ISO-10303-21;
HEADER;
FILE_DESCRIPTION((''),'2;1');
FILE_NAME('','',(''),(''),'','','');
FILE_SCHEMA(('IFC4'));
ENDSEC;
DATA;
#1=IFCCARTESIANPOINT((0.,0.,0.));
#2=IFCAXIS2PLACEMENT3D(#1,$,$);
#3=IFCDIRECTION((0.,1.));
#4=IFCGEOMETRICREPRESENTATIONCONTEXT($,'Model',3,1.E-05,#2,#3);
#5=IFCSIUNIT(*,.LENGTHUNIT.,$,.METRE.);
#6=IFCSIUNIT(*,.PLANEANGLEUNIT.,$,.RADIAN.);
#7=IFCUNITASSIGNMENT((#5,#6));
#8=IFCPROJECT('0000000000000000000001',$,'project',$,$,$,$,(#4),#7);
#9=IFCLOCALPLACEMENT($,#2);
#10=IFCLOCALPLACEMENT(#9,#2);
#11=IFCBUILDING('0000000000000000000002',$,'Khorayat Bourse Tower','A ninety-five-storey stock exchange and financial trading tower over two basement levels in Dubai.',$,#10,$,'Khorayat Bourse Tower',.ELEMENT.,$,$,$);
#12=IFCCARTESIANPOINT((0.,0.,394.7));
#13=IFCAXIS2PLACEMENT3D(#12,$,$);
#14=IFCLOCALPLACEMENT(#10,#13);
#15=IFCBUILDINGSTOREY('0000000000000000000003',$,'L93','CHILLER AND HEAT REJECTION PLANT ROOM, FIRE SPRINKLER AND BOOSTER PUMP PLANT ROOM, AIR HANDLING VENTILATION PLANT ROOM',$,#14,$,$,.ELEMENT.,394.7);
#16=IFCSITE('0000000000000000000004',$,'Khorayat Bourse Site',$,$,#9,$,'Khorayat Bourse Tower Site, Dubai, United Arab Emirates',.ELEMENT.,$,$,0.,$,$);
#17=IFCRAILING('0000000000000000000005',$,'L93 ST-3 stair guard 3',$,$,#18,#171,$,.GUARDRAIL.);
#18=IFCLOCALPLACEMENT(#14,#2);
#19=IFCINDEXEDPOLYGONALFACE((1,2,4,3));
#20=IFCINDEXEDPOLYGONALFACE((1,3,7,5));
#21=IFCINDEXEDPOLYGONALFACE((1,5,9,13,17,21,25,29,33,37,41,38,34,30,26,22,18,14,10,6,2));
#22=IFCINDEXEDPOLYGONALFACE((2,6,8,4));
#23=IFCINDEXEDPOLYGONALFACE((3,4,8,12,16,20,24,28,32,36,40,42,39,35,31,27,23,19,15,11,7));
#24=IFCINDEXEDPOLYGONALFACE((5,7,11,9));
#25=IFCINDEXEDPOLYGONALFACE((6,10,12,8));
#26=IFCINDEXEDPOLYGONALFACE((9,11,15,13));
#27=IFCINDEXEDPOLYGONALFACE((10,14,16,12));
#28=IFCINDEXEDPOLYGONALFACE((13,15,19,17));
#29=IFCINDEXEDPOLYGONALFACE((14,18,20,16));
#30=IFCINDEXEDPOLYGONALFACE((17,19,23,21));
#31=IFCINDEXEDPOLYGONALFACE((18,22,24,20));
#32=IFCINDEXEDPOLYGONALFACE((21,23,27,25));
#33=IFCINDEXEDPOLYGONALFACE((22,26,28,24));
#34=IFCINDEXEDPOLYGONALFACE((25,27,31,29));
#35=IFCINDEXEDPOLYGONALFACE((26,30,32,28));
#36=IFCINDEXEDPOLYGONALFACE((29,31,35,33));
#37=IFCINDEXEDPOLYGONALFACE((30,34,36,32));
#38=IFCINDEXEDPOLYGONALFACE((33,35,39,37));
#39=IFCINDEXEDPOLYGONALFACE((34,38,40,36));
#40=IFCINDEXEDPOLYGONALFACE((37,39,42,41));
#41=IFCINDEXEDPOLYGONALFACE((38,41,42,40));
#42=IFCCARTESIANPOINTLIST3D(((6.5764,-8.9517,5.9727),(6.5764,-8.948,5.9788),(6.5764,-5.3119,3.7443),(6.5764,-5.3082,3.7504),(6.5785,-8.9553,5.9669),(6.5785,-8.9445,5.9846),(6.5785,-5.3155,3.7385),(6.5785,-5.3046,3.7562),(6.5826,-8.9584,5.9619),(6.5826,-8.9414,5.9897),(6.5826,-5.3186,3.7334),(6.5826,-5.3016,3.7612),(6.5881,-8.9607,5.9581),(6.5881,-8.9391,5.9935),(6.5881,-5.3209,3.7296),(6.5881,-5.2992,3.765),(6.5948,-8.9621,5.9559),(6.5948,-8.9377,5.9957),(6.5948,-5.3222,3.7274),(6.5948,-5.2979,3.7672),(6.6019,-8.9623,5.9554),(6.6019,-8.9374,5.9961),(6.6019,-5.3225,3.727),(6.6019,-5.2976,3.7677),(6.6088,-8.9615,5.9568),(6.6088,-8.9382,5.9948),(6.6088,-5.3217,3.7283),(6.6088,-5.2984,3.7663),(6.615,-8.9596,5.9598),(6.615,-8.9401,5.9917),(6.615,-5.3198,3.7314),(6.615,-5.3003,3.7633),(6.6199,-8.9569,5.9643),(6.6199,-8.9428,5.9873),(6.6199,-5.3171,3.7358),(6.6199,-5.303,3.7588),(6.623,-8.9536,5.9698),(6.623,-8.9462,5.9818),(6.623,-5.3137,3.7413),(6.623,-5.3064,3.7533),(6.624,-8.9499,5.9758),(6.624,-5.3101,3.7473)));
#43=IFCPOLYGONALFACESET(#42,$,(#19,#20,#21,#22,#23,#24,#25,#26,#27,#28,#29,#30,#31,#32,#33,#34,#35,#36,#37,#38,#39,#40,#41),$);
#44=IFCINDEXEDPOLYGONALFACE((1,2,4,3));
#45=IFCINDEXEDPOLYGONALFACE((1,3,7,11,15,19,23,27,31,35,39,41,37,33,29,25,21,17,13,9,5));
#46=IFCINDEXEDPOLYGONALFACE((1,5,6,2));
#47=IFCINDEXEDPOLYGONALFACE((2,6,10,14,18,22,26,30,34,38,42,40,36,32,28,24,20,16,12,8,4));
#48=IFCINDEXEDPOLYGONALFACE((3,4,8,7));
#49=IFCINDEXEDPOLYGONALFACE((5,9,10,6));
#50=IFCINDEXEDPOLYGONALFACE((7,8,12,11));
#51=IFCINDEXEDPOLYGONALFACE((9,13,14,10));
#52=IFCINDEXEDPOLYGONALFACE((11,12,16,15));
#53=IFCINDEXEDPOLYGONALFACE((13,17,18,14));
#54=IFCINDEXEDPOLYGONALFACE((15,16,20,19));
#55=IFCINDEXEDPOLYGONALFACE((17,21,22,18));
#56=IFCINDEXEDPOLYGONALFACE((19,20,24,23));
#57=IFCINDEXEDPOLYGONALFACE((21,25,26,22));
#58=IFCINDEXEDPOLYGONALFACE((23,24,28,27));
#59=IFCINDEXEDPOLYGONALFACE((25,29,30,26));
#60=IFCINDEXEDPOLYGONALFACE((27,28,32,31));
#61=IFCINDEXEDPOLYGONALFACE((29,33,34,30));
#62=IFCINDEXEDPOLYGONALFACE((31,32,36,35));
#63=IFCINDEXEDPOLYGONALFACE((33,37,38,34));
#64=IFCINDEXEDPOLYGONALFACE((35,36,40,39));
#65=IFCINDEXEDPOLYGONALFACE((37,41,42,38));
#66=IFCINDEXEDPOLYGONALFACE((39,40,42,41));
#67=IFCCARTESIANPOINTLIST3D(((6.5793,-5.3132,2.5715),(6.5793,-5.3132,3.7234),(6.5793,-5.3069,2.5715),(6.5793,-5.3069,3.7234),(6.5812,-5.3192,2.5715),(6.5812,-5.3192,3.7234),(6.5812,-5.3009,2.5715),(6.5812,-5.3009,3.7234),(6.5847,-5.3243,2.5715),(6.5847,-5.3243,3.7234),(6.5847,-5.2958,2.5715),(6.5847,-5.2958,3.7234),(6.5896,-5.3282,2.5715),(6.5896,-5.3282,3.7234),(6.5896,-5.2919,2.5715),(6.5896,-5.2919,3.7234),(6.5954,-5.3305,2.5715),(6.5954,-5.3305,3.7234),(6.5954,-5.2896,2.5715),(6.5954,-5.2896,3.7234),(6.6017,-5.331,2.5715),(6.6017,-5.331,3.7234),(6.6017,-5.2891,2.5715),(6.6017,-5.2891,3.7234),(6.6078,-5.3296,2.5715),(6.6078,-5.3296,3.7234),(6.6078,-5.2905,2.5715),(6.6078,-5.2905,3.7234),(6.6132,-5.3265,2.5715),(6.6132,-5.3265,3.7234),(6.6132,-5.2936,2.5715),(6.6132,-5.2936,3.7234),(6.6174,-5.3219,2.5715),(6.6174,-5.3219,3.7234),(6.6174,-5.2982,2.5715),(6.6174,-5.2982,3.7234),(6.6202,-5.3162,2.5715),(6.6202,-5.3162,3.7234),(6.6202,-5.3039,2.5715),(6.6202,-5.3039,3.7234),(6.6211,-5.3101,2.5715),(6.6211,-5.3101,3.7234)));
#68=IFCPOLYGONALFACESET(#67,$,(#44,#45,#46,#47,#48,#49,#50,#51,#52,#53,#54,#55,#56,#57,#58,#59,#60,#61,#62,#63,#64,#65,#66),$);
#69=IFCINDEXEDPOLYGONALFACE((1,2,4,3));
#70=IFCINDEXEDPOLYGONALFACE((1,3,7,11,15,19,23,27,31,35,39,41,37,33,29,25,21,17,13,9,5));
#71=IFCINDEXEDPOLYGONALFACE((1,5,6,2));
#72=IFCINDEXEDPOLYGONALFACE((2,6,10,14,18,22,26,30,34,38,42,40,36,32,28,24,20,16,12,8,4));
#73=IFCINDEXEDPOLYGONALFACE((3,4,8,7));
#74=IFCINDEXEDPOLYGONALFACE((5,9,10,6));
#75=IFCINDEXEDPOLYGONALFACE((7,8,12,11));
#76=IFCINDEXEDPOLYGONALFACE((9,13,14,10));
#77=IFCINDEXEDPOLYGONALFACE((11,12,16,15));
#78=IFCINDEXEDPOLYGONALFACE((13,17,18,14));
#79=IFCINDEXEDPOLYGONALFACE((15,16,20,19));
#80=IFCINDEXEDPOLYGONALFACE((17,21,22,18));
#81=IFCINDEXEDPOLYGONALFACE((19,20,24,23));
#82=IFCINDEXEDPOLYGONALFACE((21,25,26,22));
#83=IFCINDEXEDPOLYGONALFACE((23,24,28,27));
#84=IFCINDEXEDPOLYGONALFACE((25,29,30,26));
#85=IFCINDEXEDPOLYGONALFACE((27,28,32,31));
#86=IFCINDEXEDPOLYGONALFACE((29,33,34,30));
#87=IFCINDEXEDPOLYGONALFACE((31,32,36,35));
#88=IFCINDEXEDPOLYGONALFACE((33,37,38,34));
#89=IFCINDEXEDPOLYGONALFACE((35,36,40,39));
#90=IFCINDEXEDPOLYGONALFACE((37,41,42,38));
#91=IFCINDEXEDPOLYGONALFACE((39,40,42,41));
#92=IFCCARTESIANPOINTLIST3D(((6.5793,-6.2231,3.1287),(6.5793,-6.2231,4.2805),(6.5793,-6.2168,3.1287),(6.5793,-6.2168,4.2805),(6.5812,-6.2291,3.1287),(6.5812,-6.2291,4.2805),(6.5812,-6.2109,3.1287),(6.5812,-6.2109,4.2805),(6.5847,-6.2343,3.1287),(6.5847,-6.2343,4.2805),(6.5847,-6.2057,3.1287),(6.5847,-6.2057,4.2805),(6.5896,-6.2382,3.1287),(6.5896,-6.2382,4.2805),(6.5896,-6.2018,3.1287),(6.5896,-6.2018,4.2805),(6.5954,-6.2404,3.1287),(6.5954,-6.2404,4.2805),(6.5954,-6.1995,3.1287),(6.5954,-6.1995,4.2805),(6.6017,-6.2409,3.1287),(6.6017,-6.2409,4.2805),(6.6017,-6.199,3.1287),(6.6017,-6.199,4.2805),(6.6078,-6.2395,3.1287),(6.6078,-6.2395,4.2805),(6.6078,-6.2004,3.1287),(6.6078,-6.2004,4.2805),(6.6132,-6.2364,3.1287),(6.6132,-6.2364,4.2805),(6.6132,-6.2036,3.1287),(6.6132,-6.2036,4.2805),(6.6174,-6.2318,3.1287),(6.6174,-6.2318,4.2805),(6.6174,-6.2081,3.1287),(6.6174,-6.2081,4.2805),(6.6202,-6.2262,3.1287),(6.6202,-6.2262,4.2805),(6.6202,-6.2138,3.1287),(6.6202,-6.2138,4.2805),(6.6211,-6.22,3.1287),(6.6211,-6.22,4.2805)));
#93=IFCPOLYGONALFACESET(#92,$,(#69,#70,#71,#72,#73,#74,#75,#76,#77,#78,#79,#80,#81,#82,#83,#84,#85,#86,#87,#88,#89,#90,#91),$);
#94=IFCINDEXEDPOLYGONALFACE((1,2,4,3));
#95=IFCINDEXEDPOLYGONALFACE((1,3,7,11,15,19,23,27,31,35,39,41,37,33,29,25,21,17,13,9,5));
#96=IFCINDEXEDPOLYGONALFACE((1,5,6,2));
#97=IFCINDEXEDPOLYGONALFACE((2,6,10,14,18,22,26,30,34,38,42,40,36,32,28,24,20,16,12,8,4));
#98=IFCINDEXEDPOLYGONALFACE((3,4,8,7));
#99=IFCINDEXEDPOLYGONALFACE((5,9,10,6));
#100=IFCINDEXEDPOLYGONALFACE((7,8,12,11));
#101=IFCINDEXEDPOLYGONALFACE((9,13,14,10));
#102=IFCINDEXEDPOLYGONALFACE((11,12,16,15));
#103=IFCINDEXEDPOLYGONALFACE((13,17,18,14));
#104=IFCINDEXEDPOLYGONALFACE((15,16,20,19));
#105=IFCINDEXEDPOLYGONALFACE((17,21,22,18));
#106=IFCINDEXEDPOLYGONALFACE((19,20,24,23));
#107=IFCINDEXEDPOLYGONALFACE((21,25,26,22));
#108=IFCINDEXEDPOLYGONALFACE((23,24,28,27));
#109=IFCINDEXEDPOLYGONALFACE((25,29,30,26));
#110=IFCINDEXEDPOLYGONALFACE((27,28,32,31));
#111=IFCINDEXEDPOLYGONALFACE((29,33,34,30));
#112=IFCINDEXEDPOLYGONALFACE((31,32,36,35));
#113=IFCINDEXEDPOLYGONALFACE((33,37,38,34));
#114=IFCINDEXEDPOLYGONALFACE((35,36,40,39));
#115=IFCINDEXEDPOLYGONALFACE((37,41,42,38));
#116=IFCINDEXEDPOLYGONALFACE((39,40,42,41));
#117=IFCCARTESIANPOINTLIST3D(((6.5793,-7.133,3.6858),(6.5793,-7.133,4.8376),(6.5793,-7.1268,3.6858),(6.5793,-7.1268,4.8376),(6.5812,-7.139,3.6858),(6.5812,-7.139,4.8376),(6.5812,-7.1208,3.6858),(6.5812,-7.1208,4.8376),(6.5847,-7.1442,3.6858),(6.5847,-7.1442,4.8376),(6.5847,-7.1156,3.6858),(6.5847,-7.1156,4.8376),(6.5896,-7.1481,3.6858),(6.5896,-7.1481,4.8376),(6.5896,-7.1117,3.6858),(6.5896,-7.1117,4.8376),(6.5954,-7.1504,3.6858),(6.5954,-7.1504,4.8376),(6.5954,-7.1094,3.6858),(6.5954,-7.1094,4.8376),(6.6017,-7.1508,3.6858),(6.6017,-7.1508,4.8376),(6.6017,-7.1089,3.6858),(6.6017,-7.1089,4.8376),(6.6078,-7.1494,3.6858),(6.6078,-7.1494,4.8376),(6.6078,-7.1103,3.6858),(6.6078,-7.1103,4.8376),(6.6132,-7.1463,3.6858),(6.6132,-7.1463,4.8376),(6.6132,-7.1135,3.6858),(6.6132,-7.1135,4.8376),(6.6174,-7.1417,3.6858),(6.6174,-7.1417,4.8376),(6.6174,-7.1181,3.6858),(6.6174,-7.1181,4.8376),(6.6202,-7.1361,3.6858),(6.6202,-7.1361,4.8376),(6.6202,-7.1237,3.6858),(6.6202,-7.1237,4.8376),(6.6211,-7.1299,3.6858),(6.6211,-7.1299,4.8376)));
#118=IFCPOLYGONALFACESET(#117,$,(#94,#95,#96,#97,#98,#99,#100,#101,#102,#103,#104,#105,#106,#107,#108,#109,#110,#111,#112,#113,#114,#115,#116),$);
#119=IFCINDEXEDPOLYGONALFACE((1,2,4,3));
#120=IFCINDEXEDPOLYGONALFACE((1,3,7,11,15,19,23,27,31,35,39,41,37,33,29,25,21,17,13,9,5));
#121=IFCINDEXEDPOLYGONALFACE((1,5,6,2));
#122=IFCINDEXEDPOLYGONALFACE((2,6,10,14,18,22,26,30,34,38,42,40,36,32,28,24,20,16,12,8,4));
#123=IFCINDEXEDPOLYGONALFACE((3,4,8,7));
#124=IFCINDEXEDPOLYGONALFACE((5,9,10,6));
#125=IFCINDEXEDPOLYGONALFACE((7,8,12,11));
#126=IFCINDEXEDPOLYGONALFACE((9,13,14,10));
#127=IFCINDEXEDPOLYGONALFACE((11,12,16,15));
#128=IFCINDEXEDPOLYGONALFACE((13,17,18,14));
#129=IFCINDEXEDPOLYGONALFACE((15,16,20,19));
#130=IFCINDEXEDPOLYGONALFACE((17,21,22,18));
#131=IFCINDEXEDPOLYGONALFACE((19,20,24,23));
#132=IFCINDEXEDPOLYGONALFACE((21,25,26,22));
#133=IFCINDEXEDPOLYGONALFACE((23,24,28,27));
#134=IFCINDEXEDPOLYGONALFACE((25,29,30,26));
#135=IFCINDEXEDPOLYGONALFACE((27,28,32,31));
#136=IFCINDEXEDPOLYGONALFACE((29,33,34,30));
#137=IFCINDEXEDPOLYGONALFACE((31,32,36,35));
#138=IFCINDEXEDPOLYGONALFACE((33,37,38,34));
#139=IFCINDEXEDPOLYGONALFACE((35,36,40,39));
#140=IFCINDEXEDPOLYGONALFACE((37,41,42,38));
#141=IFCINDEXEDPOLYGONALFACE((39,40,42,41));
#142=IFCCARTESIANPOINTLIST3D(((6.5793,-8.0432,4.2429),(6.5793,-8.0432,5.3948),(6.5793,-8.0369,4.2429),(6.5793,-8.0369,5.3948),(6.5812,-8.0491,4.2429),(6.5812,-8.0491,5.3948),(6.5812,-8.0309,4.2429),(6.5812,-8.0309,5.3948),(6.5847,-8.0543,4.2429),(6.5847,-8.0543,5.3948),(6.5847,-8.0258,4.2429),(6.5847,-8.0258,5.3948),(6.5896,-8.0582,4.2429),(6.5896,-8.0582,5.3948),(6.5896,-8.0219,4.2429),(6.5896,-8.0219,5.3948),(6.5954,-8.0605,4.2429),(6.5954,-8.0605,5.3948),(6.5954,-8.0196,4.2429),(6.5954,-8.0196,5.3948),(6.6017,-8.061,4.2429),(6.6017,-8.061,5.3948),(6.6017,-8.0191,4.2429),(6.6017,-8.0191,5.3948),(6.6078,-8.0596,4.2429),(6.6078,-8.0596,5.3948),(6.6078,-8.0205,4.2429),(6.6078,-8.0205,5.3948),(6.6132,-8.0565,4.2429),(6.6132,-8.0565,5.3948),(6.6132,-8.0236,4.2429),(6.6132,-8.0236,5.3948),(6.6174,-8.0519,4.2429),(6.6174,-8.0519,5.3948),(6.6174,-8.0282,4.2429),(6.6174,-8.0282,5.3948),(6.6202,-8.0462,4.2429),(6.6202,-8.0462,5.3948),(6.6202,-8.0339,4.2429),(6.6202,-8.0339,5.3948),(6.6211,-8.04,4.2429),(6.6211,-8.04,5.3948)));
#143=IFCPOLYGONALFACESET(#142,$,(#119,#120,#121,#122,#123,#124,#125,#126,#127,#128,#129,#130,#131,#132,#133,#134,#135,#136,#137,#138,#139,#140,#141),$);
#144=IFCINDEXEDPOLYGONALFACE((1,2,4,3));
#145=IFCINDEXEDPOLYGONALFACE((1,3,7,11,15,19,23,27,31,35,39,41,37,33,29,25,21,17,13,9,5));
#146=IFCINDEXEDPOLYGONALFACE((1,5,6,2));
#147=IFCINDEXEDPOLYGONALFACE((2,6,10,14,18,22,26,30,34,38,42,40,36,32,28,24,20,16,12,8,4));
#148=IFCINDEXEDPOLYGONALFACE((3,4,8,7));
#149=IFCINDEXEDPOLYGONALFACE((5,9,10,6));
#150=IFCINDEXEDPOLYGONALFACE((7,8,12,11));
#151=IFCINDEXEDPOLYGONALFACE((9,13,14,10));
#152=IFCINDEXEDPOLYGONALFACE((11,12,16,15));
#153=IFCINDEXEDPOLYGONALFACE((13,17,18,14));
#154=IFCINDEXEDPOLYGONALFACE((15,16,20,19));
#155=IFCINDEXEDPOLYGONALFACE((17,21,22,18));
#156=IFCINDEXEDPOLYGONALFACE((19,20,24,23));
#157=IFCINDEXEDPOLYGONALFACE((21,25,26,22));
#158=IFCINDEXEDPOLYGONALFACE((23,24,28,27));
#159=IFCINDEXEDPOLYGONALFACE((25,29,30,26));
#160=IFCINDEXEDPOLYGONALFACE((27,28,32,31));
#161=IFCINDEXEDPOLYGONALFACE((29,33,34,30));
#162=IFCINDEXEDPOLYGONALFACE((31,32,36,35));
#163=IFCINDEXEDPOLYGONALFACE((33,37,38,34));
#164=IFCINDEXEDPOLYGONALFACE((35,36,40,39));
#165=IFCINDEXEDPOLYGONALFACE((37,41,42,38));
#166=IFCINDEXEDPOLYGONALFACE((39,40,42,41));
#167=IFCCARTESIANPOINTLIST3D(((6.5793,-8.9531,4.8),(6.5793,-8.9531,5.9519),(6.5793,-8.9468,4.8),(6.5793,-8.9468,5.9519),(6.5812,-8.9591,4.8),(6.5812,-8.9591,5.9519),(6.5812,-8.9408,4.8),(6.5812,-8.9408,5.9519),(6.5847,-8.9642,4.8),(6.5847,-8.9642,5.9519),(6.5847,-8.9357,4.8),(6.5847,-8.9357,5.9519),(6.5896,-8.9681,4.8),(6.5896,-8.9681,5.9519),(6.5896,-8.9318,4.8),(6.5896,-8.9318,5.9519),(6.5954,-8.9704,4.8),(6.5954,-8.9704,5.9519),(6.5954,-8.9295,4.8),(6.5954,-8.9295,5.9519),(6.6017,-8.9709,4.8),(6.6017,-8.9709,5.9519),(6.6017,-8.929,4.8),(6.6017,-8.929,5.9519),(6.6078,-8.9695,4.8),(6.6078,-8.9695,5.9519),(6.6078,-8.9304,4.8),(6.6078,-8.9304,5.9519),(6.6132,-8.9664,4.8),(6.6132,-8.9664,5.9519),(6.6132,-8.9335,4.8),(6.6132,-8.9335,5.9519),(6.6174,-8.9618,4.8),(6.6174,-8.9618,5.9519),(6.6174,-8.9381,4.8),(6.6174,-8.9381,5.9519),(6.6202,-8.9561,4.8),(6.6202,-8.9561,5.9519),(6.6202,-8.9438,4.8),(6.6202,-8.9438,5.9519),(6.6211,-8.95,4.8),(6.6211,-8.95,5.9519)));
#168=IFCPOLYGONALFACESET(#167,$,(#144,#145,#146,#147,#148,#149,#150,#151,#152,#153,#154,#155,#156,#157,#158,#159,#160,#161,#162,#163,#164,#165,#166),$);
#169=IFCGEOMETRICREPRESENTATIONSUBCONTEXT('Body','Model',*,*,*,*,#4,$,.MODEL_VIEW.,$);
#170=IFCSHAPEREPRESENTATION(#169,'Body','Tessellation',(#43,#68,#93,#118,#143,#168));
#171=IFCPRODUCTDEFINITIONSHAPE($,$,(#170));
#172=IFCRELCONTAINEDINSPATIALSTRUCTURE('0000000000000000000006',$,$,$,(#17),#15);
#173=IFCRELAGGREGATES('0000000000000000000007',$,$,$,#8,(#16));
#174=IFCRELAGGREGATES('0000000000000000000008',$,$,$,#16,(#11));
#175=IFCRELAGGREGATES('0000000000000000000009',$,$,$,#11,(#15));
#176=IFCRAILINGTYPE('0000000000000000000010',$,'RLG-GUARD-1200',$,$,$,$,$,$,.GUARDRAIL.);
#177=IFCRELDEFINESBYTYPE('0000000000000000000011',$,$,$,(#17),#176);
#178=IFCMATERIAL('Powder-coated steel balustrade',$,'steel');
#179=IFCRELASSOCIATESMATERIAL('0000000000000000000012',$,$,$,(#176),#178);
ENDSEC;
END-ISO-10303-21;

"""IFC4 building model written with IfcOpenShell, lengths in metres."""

from ifc_helpers import new_model, si_unit, direction, frame, origin, origin_2d, place, context, subcontext, project, spatial, circle, extrude, source, transform, mapped, material, type_object, element, save


model = new_model("IFC4")

# Units and contexts
model_context = context("Model", 3, precision=1e-05, world=origin(), true_north=direction((0.0, 1.0)))
body_context = subcontext(model_context, "Body", "Model", "MODEL_VIEW")
ifc_project = project(units=[si_unit("LENGTHUNIT", "METRE"), si_unit("PLANEANGLEUNIT", "RADIAN")], contexts=[model_context])

# Site, building, storey
site_placement = place(None, origin())
site = spatial("IfcSite", under=ifc_project, at=site_placement, Name="Khorayat Bourse Site", LongName="Khorayat Bourse Tower Site, Dubai, United Arab Emirates", CompositionType="ELEMENT", RefElevation=0.0)
building_placement = place(site_placement, origin())
building = spatial("IfcBuilding", under=site, at=building_placement, Name="Khorayat Bourse Tower", Description="A ninety-five-storey stock exchange and financial trading tower over two basement levels in Dubai.", LongName="Khorayat Bourse Tower", CompositionType="ELEMENT")
storey_placement = place(building_placement, frame((0.0, 0.0, 394.7)))
storey = spatial("IfcBuildingStorey", under=building, at=storey_placement, Name="L93", Description="CHILLER AND HEAT REJECTION PLANT ROOM, FIRE SPRINKLER AND BOOSTER PUMP PLANT ROOM, AIR HANDLING VENTILATION PLANT ROOM", CompositionType="ELEMENT", Elevation=394.7)

# Railing
ifc_material_1 = material(Name="Powder-coated steel balustrade", Category="steel")
railing_type_1 = type_object("IfcRailingType", Name="RLG-GUARD-1200", PredefinedType="GUARDRAIL", material=ifc_material_1)
shared_shape_1 = source(origin(), body_context, "Body", "SweptSolid", [
    extrude(circle(Radius=0.0239, at=origin_2d()), frame((0.0, 0.0, 1.1758), z_axis=(0.0, -0.85285, 0.522156), x_axis=(1.0, 0.0, 0.0)), (0.0, 0.0, 1.0), 4.2678),
    extrude(circle(Radius=0.021, at=origin_2d()), origin(), (0.0, 0.0, 1.0), 1.1519),
    extrude(circle(Radius=0.021, at=origin_2d()), frame((0.0, -0.9099, 0.5571)), (0.0, 0.0, 1.0), 1.1519),
    extrude(circle(Radius=0.021, at=origin_2d()), frame((0.0, -1.8198, 1.1143)), (0.0, 0.0, 1.0), 1.1519),
    extrude(circle(Radius=0.021, at=origin_2d()), frame((0.0, -2.73, 1.6714)), (0.0, 0.0, 1.0), 1.1519),
    extrude(circle(Radius=0.021, at=origin_2d()), frame((0.0, -3.6399, 2.2285)), (0.0, 0.0, 1.0), 1.1519),
])
railing_1_placement = place(storey_placement, frame((6.6001, -5.3101, 2.5715)))
element("IfcRailing", 1, at=railing_1_placement, inside=storey, type_object=railing_type_1, Name="L93 ST-3 stair guard 3", PredefinedType="GUARDRAIL", context=body_context, shape_type="MappedRepresentation", body=[
    mapped(shared_shape_1, transform((0.0, 0.0, 0.0), scale=1.0)),
])

save(model, "model.ifc")
